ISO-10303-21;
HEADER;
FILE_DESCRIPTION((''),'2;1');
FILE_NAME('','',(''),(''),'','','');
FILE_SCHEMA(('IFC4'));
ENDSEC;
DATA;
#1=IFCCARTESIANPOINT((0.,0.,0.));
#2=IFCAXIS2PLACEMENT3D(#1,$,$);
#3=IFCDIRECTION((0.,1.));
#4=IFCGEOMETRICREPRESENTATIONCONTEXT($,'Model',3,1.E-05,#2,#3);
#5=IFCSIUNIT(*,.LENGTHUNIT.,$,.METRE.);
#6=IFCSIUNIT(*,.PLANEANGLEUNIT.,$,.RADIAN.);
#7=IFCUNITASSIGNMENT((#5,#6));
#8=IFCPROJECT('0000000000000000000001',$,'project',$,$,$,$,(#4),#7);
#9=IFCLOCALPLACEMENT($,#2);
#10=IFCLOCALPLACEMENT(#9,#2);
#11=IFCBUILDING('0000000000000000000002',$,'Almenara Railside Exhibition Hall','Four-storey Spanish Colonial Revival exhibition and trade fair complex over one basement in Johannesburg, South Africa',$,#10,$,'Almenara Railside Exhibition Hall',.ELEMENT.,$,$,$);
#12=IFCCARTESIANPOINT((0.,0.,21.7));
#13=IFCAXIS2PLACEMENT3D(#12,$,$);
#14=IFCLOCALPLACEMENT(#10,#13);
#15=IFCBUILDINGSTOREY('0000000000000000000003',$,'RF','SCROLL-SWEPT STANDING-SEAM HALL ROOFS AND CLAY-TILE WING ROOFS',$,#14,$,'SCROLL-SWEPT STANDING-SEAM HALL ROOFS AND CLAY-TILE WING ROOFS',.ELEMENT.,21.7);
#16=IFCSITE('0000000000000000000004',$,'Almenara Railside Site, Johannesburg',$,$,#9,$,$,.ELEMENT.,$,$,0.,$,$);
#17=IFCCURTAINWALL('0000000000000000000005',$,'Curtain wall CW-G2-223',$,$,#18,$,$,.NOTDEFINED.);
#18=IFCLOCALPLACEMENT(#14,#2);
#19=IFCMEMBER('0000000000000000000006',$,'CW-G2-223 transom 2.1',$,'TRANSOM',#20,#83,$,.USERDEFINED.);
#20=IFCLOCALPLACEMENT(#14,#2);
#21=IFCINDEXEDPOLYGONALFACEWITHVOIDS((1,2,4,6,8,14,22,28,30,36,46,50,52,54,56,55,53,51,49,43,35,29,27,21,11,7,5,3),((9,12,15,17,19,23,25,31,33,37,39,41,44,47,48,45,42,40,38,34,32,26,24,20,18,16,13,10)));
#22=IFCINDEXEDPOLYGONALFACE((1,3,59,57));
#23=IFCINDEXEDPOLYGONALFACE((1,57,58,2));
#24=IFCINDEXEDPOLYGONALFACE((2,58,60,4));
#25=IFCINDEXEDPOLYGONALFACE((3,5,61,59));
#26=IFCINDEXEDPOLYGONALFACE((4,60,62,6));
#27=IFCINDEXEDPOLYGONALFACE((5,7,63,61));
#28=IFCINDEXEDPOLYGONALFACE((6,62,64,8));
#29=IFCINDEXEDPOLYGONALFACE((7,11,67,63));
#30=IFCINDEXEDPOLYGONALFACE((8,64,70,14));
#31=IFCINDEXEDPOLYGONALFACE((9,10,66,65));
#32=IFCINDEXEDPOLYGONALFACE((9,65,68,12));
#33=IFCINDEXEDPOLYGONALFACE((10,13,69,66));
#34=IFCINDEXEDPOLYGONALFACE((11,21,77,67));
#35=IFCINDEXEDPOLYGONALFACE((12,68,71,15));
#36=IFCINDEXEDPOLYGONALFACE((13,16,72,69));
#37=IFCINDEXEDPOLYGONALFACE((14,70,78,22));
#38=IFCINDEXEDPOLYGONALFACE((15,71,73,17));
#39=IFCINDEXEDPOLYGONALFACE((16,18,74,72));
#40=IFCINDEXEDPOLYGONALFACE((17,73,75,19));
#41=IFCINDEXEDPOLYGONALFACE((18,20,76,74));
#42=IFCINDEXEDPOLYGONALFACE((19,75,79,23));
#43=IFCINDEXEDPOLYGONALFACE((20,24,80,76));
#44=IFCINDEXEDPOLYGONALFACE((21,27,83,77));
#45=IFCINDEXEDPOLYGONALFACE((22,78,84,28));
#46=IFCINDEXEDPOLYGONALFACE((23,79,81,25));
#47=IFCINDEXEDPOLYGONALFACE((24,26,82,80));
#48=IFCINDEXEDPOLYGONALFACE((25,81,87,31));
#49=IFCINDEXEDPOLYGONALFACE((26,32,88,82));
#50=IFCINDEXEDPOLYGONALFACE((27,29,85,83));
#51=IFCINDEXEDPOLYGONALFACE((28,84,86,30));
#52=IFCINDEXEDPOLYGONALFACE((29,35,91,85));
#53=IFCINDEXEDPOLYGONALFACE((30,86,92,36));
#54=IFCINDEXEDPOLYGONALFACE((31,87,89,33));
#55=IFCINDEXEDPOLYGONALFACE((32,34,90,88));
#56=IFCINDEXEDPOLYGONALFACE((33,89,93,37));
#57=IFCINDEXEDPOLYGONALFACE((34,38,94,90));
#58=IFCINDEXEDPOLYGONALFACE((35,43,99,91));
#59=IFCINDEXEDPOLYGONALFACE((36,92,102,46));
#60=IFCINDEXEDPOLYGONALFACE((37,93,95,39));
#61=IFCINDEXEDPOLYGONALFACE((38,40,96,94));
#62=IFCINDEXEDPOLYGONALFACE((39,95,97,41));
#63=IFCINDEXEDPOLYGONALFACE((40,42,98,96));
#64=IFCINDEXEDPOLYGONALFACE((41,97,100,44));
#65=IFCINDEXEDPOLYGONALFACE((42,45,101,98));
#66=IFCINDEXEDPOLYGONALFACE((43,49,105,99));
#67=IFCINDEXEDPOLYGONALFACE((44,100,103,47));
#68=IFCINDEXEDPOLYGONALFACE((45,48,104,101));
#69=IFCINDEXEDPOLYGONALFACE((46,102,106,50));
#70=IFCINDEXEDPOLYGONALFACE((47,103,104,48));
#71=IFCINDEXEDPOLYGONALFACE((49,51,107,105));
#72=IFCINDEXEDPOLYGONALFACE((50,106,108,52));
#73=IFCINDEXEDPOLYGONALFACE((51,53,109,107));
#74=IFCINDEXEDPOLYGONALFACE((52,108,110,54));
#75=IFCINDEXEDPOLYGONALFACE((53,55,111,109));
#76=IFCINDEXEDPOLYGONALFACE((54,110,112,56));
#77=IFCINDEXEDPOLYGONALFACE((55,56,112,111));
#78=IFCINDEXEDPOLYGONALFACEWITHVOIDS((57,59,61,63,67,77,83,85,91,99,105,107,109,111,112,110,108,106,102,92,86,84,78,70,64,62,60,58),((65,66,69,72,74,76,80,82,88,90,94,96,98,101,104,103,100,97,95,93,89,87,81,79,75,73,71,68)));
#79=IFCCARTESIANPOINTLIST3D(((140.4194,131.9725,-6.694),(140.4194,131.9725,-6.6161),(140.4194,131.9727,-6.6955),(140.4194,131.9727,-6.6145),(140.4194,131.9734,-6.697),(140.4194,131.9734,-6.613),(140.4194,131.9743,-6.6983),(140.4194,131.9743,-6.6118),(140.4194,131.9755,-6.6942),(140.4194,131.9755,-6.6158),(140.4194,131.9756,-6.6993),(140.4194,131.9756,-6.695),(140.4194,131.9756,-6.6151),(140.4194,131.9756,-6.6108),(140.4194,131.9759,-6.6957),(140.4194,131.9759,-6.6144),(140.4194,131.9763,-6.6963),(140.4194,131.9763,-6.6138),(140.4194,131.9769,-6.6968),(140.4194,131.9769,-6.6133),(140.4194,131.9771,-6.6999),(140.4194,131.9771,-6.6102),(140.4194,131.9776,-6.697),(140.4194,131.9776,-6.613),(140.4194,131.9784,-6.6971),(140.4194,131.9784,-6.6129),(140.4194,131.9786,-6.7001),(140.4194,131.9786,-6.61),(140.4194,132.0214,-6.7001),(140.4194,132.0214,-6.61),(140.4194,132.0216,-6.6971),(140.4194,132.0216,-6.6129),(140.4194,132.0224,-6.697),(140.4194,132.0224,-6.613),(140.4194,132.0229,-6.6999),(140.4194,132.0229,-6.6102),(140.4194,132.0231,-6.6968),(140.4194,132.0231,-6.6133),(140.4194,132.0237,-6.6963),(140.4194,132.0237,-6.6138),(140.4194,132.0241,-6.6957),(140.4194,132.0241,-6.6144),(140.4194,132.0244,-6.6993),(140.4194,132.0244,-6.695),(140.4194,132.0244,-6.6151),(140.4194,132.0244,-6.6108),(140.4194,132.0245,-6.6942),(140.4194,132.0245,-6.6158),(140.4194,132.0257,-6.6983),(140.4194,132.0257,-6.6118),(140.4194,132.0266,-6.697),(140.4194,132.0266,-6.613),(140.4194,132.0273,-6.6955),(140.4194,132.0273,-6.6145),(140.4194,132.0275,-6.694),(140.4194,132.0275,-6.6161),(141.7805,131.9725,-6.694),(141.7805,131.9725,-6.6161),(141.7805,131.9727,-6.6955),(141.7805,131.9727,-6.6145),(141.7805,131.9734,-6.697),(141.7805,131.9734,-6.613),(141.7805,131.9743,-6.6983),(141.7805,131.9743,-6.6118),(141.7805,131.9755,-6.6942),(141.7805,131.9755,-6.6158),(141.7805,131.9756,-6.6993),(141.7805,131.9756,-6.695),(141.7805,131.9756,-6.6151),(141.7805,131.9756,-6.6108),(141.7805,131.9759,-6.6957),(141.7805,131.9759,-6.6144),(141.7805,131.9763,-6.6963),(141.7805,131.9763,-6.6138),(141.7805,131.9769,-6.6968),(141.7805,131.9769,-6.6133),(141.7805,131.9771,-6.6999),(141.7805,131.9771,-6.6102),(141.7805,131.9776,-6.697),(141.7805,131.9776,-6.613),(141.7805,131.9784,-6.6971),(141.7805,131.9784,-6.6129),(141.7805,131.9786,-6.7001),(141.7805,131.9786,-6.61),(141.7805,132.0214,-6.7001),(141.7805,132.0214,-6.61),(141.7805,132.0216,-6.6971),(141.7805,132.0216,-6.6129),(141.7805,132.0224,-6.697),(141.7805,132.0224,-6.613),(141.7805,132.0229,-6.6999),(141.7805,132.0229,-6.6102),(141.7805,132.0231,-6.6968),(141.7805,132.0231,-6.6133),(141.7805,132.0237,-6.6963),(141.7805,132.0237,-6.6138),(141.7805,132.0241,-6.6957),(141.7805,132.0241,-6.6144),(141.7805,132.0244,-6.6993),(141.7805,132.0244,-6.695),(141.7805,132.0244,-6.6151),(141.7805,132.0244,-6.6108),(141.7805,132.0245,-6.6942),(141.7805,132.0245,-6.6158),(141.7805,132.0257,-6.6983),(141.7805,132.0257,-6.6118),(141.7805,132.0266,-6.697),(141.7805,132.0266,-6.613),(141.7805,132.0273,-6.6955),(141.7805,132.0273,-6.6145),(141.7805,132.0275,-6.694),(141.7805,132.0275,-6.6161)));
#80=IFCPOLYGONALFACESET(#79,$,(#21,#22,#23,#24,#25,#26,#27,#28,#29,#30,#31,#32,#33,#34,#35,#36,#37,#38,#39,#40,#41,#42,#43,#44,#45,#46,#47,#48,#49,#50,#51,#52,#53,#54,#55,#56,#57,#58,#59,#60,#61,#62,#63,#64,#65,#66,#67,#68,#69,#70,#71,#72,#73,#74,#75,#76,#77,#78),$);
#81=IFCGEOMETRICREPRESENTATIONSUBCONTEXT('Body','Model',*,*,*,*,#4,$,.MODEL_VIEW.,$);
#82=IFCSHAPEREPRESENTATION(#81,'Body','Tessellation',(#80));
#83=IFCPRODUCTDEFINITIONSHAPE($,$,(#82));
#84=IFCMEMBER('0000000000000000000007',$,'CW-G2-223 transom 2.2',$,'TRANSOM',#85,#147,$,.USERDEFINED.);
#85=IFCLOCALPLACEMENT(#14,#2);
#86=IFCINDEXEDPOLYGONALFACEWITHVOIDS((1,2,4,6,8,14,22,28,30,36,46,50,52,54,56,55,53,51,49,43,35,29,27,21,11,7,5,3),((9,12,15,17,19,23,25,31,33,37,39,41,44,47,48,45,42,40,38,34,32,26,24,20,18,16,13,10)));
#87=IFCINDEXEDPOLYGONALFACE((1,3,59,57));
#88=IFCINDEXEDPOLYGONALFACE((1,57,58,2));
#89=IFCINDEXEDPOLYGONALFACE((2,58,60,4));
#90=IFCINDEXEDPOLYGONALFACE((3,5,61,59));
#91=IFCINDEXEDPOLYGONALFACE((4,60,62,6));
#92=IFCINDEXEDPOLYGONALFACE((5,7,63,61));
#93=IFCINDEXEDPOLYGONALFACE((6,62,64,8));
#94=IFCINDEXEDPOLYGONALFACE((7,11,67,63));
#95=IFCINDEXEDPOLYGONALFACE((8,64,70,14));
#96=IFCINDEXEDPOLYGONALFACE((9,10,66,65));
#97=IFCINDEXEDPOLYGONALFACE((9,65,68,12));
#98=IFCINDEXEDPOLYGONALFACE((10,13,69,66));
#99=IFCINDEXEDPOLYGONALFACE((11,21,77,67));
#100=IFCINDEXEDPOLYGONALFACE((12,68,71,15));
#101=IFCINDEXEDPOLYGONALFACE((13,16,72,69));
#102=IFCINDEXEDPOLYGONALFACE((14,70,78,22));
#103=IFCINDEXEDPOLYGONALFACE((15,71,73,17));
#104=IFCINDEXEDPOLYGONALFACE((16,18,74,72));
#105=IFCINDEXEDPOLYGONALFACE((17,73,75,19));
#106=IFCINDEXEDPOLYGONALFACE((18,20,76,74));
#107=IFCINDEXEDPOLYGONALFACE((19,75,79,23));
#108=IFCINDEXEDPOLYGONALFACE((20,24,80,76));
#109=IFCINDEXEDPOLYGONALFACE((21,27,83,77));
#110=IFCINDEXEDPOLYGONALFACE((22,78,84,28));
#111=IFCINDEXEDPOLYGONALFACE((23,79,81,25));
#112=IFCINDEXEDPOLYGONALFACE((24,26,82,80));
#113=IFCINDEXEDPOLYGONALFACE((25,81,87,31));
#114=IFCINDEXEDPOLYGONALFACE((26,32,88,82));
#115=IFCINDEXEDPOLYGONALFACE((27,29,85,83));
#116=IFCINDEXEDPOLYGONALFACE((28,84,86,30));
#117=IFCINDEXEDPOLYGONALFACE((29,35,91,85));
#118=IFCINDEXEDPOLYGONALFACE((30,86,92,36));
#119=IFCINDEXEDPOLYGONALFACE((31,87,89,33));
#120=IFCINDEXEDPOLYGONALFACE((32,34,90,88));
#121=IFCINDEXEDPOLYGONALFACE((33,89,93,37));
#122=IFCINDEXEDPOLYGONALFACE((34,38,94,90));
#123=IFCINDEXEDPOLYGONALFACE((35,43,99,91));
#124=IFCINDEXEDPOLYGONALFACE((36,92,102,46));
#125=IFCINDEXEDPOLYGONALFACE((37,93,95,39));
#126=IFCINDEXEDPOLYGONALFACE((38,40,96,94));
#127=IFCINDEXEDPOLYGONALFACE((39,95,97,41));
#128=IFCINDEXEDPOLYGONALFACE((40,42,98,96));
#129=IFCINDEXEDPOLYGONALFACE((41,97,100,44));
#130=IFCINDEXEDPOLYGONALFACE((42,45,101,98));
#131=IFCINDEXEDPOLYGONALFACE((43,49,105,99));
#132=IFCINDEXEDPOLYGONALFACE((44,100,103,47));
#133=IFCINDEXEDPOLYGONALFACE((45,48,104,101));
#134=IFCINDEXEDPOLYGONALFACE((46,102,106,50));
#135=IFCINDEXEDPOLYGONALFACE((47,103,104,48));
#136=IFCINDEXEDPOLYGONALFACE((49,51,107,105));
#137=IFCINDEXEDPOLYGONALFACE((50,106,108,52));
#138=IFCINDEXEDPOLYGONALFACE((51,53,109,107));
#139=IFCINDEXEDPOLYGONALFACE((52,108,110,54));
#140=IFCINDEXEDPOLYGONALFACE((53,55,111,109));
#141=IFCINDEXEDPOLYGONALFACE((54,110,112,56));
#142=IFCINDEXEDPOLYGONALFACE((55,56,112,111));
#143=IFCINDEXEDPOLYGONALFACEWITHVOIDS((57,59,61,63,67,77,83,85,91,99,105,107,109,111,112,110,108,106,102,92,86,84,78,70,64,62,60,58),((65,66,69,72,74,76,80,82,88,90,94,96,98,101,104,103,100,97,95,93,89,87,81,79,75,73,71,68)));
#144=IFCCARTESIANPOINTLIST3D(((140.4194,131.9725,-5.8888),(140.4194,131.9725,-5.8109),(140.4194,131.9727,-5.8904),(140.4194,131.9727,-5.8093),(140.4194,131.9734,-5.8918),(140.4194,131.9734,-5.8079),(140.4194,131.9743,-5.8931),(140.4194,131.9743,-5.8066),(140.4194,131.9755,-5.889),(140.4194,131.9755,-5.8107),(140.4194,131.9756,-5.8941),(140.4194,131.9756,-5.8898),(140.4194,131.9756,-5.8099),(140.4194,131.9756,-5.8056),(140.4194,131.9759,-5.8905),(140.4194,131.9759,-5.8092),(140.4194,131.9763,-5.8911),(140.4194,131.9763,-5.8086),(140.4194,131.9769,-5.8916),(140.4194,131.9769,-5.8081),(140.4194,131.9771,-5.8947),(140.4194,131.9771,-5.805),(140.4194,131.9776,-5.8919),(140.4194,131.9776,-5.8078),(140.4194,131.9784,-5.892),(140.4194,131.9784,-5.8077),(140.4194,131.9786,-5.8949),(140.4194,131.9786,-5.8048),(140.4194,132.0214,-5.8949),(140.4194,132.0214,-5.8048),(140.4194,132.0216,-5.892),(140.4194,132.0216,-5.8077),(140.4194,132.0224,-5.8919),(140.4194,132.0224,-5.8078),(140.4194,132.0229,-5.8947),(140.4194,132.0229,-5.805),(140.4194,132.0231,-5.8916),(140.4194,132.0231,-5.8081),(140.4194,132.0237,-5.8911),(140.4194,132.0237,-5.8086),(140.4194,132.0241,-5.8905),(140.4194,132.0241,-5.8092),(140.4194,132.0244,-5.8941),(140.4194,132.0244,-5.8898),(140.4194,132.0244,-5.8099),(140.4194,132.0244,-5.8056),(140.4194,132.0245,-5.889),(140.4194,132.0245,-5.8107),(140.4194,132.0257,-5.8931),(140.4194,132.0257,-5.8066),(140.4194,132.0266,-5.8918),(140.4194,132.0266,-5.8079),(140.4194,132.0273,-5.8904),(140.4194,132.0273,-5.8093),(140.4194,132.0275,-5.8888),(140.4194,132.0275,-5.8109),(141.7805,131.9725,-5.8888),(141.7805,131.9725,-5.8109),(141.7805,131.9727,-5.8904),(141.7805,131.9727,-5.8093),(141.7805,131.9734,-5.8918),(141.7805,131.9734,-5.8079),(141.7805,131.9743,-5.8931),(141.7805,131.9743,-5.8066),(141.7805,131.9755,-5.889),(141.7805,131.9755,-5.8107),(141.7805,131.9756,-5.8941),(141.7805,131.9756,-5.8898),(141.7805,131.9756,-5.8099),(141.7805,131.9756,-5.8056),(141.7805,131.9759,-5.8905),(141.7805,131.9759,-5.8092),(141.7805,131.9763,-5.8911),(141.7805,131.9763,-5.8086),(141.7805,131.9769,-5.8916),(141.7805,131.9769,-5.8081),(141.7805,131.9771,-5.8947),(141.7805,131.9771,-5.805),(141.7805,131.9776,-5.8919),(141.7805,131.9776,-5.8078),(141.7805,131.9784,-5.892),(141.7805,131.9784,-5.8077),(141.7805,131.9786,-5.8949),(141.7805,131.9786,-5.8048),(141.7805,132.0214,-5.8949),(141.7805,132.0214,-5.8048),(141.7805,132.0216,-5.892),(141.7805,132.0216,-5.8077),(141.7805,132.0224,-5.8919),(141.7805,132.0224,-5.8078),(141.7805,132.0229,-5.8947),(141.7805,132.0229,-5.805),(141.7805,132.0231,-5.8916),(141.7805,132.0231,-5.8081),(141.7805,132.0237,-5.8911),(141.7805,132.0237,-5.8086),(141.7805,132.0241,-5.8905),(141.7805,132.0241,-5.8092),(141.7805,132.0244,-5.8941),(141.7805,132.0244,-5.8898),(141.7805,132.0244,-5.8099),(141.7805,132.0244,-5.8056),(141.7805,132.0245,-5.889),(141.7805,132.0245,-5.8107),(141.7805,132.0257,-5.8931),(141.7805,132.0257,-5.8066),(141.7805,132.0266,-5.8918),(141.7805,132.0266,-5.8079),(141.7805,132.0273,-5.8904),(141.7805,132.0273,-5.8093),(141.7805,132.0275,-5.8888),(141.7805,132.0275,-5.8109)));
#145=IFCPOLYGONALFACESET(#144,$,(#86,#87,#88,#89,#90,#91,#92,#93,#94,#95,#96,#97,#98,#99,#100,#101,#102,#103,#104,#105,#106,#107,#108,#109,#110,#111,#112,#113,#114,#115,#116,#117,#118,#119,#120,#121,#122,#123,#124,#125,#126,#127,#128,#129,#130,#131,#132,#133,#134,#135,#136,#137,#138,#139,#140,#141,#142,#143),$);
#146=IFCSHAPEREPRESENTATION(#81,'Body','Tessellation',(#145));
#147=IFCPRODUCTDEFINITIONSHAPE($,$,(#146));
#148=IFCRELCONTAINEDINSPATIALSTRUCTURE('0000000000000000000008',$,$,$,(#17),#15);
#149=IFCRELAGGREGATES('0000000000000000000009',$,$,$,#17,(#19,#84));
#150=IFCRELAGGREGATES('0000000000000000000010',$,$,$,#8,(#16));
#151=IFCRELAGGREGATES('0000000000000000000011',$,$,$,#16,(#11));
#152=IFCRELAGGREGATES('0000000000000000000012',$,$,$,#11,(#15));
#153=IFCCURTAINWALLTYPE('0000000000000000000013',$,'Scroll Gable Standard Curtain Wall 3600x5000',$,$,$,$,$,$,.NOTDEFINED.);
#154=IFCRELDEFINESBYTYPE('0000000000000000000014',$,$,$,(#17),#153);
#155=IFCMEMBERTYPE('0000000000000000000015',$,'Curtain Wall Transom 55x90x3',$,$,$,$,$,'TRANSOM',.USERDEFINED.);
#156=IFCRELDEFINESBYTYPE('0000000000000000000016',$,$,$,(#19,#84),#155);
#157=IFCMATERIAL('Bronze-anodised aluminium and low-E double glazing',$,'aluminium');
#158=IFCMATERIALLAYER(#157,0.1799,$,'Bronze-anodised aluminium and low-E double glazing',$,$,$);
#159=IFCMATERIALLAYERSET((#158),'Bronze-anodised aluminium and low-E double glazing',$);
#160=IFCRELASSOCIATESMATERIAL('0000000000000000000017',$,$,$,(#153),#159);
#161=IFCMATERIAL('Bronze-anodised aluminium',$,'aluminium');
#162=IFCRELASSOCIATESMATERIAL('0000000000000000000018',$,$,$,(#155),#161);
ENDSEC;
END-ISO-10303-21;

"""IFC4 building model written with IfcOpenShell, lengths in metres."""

from ifc_helpers import new_model, si_unit, direction, frame, origin, origin_2d, place, context, subcontext, project, spatial, hollow_rectangle, extrude, material, layer, layer_set, material_profile, profile_set, type_object, element, aggregate, save


model = new_model("IFC4")

# Units and contexts
model_context = context("Model", 3, precision=1e-05, world=origin(), true_north=direction((0.0, 1.0)))
body_context = subcontext(model_context, "Body", "Model", "MODEL_VIEW")
ifc_project = project(units=[si_unit("LENGTHUNIT", "METRE"), si_unit("PLANEANGLEUNIT", "RADIAN")], contexts=[model_context])

# Site, building, storey
site_placement = place(None, origin())
site = spatial("IfcSite", under=ifc_project, at=site_placement, Name="Almenara Railside Site, Johannesburg", CompositionType="ELEMENT", RefElevation=0.0)
building_placement = place(site_placement, origin())
building = spatial("IfcBuilding", under=site, at=building_placement, Name="Almenara Railside Exhibition Hall", Description="Four-storey Spanish Colonial Revival exhibition and trade fair complex over one basement in Johannesburg, South Africa", LongName="Almenara Railside Exhibition Hall", CompositionType="ELEMENT")
storey_placement = place(building_placement, frame((0.0, 0.0, 21.7)))
storey = spatial("IfcBuildingStorey", under=building, at=storey_placement, Name="RF", Description="SCROLL-SWEPT STANDING-SEAM HALL ROOFS AND CLAY-TILE WING ROOFS", LongName="SCROLL-SWEPT STANDING-SEAM HALL ROOFS AND CLAY-TILE WING ROOFS", CompositionType="ELEMENT", Elevation=21.7)

# Curtain wall, members
ifc_material_1 = material(Name="Bronze-anodised aluminium and low-E double glazing", Category="aluminium")
ifc_layer_1 = layer(ifc_material_1, 0.1799, Name="Bronze-anodised aluminium and low-E double glazing")
ifc_layer_set_1 = layer_set([ifc_layer_1], Name="Bronze-anodised aluminium and low-E double glazing")
curtain_wall_type = type_object("IfcCurtainWallType", Name="Scroll Gable Standard Curtain Wall 3600x5000", PredefinedType="NOTDEFINED", material=ifc_layer_set_1)
curtain_wall_placement = place(storey_placement, origin())
curtain_wall = element("IfcCurtainWall", 1, at=curtain_wall_placement, inside=storey, type_object=curtain_wall_type, Name="Curtain wall CW-G2-223", PredefinedType="NOTDEFINED")
ifc_material_2 = material(Name="Bronze-anodised aluminium", Category="aluminium")
ifc_material_profile_1 = material_profile(ifc_material_2, hollow_rectangle(XDim=0.0549, YDim=0.0901, WallThickness=0.0029, InnerFilletRadius=0.0029, OuterFilletRadius=0.0061, at=origin_2d()), Name="ALU-TRN 55x90x3")
ifc_profile_set_1 = profile_set([ifc_material_profile_1], Name="Bronze-anodised aluminium")
member_type_1 = type_object("IfcMemberType", Name="Curtain Wall Transom 55x90x3", ElementType="TRANSOM", PredefinedType="USERDEFINED", material=ifc_profile_set_1)
member_1_placement = place(storey_placement, frame((140.4194, 132.0, -6.655), z_axis=(1.0, 0.0, 0.0), x_axis=(0.0, 1.0, 0.0)))
member_1 = element("IfcMember", 2, at=member_1_placement, type_object=member_type_1, Name="CW-G2-223 transom 2.1", ObjectType="TRANSOM", PredefinedType="USERDEFINED", context=body_context, shape_type="SweptSolid", body=[
    extrude(hollow_rectangle(XDim=0.0549, YDim=0.0901, WallThickness=0.0029, InnerFilletRadius=0.0029, OuterFilletRadius=0.0061, at=origin_2d()), origin(), (0.0, 0.0, 1.0), 1.3611),
])
member_2_placement = place(storey_placement, frame((140.4194, 132.0, -5.8499), z_axis=(1.0, 0.0, 0.0), x_axis=(0.0, 1.0, 0.0)))
member_2 = element("IfcMember", 3, at=member_2_placement, type_object=member_type_1, Name="CW-G2-223 transom 2.2", ObjectType="TRANSOM", PredefinedType="USERDEFINED", context=body_context, shape_type="SweptSolid", body=[
    extrude(hollow_rectangle(XDim=0.0549, YDim=0.0901, WallThickness=0.0029, InnerFilletRadius=0.0029, OuterFilletRadius=0.0061, at=origin_2d()), origin(), (0.0, 0.0, 1.0), 1.3611),
])

aggregate(curtain_wall, [member_1, member_2])

save(model, "model.ifc")
